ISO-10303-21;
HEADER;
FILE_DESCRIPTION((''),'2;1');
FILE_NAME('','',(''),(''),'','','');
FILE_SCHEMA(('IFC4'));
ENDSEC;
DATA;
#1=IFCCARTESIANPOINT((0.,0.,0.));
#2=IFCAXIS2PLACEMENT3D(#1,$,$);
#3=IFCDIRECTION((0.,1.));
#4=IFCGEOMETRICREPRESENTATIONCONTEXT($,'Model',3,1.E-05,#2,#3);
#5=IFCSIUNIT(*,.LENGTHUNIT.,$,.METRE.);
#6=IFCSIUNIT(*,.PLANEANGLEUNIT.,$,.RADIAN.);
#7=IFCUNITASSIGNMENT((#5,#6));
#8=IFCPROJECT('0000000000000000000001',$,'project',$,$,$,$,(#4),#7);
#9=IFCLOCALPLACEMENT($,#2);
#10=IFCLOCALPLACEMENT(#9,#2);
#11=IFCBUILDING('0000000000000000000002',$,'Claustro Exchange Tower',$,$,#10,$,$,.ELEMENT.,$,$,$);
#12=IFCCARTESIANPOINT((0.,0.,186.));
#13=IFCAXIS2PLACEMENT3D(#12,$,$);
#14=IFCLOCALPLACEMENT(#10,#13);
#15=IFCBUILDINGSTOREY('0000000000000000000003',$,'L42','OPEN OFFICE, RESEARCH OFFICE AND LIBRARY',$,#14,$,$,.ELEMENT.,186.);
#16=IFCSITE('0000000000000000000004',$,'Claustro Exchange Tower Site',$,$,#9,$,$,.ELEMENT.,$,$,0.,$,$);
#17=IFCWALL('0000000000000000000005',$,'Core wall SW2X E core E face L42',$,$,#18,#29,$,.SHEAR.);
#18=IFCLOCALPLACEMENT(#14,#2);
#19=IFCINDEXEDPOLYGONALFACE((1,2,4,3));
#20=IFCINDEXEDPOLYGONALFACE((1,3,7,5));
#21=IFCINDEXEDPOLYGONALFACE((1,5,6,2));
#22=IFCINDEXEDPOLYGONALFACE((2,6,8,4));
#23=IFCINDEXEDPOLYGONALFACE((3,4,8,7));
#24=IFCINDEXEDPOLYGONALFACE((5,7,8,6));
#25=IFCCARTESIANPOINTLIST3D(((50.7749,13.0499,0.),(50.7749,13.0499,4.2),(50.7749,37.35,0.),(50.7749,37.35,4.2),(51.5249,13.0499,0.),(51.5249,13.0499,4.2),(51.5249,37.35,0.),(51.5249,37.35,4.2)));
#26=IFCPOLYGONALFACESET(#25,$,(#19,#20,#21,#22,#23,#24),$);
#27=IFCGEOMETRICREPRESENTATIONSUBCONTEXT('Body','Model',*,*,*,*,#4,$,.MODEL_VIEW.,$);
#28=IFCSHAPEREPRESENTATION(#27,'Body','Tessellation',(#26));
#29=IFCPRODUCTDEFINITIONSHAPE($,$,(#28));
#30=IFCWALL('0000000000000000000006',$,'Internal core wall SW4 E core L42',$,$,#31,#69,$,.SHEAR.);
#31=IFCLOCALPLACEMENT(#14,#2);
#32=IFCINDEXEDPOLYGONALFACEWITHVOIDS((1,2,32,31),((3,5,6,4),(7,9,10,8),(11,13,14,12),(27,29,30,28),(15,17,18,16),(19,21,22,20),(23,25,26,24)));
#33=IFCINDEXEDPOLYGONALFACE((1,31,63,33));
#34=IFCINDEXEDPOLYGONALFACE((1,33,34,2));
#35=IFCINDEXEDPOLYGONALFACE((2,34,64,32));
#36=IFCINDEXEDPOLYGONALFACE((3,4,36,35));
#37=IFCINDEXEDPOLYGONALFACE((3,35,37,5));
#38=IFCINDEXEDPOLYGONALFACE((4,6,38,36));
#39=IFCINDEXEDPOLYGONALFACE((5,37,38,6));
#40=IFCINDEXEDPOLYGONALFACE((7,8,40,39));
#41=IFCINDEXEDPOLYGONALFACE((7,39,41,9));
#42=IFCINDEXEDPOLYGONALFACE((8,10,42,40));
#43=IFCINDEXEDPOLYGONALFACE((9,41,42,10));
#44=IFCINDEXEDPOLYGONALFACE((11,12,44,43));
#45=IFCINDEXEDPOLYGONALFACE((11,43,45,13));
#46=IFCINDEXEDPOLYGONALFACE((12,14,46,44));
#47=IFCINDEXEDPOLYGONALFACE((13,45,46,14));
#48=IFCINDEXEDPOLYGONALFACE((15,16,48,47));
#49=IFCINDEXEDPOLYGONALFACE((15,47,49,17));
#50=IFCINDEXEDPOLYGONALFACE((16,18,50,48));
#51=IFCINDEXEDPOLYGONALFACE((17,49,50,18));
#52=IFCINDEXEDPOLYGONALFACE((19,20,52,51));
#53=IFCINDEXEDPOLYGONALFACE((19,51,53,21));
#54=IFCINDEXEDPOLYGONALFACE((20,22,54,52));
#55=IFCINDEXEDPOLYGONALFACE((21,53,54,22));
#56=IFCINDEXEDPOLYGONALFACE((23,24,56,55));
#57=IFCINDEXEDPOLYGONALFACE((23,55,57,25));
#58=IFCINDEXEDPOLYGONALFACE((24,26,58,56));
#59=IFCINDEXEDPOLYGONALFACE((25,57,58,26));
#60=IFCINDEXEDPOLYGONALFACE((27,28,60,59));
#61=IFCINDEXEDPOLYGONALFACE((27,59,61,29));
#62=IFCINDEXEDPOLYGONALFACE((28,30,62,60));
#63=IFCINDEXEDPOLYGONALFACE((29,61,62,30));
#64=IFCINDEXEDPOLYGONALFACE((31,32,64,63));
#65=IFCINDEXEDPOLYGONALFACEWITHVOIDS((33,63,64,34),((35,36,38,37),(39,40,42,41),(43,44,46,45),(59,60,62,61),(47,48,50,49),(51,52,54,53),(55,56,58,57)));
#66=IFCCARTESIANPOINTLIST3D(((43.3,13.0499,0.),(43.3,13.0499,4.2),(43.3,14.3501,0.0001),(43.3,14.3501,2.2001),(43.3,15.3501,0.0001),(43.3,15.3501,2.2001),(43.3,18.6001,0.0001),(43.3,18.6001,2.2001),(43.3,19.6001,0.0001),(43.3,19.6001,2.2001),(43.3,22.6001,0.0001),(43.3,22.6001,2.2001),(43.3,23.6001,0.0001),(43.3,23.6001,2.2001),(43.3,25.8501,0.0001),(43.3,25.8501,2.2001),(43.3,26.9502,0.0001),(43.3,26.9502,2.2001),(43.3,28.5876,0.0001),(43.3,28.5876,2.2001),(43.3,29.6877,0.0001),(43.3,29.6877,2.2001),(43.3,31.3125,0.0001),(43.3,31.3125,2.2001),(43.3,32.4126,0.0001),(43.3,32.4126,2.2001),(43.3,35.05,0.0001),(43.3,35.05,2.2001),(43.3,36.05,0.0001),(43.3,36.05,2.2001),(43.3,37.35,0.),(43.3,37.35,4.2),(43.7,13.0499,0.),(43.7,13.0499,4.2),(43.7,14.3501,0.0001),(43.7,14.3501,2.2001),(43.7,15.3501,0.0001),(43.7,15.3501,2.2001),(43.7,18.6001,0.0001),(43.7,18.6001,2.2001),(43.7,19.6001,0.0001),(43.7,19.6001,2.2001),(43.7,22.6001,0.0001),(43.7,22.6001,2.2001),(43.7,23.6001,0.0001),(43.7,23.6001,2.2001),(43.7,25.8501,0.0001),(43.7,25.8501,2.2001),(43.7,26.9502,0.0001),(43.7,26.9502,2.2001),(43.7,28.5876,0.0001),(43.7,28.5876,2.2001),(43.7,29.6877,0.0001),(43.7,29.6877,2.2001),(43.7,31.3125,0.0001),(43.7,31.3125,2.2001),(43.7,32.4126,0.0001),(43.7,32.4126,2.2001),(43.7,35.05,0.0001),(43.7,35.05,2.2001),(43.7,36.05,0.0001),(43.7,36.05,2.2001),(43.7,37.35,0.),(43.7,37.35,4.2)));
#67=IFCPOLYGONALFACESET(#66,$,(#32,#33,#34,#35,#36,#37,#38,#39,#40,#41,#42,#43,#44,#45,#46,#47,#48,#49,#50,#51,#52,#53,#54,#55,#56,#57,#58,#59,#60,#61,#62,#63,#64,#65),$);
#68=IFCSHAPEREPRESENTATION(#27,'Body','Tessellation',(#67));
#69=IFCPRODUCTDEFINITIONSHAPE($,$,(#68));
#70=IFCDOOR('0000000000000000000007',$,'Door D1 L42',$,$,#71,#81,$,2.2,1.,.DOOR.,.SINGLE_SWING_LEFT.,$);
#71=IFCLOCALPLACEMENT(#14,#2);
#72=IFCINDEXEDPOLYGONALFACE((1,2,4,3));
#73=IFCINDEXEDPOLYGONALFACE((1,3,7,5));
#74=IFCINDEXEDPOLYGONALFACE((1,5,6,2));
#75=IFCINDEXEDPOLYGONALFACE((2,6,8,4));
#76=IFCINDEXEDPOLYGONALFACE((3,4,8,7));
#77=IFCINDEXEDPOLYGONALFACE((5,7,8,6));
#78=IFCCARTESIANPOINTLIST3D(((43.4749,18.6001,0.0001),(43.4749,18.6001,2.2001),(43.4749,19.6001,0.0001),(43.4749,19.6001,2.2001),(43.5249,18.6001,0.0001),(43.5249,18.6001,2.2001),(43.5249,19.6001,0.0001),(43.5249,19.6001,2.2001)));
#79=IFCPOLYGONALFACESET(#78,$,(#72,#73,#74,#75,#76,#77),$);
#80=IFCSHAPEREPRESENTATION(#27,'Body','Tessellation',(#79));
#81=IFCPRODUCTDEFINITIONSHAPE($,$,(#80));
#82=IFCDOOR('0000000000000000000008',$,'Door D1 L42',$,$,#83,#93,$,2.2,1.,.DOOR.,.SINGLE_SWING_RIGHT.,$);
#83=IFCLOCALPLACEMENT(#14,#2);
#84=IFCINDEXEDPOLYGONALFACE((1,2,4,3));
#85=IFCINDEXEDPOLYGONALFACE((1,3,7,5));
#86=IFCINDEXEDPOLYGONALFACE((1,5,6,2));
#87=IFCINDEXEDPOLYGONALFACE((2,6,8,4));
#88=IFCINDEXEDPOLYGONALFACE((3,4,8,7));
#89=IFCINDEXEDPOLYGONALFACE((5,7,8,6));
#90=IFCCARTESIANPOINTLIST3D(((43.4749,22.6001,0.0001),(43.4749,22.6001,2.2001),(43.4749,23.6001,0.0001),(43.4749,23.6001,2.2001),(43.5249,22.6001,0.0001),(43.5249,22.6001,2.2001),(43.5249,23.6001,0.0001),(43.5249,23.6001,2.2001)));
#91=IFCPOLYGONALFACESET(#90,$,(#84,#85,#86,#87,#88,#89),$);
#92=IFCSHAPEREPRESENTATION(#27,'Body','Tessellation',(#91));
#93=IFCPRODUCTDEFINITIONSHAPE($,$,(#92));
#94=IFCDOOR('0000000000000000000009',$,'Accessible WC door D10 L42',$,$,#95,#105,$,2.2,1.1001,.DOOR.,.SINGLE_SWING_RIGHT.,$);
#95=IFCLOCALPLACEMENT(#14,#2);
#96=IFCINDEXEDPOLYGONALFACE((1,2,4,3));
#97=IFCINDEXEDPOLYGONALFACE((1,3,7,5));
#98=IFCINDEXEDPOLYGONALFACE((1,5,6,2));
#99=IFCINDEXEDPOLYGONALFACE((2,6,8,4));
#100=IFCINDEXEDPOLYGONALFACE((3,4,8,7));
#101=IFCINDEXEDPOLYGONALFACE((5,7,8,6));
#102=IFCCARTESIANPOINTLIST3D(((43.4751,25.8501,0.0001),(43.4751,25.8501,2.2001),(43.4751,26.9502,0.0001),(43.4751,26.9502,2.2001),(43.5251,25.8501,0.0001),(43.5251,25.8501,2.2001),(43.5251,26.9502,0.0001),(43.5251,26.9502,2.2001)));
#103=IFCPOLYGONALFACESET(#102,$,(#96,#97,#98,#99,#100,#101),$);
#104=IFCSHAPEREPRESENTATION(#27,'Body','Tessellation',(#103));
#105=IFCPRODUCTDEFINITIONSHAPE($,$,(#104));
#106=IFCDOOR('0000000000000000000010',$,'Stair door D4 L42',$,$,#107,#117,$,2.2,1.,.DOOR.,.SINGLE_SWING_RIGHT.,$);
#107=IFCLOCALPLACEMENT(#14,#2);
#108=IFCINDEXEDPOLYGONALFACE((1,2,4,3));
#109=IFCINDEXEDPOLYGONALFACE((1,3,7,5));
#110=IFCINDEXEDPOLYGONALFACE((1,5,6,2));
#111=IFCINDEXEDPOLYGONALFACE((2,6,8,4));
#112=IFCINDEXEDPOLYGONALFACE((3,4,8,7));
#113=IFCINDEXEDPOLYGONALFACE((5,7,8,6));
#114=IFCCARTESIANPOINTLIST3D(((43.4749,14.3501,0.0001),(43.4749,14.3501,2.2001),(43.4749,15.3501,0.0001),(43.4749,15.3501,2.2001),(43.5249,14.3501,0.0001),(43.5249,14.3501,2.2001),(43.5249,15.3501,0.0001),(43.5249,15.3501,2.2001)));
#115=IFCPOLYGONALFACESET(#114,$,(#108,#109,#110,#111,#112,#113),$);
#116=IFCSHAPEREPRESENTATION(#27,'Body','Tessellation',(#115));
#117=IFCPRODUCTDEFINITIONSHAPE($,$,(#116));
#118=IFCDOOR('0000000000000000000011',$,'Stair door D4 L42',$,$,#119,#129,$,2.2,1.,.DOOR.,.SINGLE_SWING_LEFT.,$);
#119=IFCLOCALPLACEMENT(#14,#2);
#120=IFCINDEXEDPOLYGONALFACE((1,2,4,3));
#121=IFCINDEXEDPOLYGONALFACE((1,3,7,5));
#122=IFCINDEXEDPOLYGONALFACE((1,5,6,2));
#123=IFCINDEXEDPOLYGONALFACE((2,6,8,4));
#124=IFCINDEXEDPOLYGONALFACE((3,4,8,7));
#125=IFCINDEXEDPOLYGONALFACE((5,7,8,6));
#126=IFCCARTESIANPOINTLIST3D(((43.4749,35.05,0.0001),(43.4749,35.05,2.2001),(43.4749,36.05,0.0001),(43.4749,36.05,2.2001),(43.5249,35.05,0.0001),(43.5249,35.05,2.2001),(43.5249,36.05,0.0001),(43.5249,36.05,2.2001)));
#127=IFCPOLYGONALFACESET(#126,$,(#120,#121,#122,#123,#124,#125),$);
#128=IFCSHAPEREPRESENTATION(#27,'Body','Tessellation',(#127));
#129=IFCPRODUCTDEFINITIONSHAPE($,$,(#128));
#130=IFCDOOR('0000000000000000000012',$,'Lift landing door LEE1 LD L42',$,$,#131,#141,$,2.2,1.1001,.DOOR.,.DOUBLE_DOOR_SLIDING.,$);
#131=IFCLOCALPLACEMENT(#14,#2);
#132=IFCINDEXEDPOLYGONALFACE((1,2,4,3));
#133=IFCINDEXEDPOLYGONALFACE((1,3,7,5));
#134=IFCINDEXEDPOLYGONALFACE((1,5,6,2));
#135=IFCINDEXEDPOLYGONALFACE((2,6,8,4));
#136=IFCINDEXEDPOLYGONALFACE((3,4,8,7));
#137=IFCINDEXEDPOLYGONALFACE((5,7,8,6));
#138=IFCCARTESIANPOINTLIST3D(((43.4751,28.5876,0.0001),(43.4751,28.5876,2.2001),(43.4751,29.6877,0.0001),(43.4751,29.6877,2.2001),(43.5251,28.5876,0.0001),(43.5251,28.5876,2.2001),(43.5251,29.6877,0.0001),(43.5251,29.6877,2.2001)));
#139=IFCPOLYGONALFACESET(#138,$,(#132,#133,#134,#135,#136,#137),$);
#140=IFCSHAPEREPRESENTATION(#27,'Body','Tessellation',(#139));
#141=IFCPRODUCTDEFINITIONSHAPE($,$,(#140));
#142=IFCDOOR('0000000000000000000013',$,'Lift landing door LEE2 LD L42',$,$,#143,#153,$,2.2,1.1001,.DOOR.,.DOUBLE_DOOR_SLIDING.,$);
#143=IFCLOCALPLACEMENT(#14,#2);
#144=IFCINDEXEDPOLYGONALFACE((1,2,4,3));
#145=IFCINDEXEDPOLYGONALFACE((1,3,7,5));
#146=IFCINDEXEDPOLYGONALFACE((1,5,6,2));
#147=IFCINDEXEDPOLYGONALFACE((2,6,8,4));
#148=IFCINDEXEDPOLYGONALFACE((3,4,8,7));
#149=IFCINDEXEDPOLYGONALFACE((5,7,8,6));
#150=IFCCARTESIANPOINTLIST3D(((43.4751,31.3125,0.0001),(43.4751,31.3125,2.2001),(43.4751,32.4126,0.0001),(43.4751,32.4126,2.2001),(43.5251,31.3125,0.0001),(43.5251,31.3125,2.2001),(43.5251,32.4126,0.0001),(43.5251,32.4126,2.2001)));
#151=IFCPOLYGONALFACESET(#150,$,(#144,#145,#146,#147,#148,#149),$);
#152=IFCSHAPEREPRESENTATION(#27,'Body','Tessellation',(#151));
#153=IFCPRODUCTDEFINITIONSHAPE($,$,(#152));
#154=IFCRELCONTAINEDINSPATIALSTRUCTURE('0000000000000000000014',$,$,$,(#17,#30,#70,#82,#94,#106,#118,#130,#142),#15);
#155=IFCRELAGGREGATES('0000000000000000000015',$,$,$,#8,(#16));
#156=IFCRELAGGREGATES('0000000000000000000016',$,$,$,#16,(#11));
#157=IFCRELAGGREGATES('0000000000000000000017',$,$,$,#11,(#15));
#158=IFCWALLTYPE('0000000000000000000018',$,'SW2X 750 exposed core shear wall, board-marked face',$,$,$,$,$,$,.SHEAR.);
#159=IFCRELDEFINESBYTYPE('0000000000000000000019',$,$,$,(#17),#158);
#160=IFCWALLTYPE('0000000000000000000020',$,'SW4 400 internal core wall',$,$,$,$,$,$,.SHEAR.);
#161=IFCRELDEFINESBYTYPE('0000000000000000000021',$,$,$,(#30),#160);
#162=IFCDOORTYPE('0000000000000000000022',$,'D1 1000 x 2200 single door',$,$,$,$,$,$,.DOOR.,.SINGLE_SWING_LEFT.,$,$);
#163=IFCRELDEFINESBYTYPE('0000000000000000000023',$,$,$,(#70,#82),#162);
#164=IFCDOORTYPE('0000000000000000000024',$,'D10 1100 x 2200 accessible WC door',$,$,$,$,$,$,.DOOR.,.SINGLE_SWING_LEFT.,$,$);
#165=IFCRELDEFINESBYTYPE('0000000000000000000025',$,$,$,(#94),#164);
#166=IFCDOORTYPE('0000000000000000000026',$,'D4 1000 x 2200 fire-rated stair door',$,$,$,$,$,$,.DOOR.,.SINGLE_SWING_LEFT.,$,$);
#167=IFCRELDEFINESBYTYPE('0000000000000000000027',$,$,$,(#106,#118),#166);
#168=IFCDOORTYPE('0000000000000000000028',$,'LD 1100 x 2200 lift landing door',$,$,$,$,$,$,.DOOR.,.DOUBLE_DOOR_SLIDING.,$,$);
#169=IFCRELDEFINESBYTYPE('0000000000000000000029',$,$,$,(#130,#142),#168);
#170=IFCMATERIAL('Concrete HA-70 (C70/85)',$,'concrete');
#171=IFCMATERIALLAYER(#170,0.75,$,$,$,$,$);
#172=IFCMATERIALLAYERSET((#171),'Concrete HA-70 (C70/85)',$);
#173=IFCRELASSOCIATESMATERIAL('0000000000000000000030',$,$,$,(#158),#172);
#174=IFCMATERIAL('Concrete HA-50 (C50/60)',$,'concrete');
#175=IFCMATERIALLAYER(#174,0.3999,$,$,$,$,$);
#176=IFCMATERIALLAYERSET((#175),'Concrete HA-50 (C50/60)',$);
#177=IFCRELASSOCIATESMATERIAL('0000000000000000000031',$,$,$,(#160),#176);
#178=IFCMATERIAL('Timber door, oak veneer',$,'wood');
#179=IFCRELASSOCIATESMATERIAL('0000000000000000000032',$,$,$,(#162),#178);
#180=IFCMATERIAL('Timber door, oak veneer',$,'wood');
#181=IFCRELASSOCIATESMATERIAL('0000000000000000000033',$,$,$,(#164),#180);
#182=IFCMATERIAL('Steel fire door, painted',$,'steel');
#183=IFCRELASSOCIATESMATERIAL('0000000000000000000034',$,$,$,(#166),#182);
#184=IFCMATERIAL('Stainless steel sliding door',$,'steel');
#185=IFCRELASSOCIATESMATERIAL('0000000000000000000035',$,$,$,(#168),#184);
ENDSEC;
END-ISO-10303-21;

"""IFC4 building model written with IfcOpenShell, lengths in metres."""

from ifc_helpers import new_model, si_unit, direction, frame, frame_2d, origin, place, context, subcontext, project, spatial, rectangle, extrude, material, layer, layer_set, type_object, element, fill, save


model = new_model("IFC4")

# Units and contexts
model_context = context("Model", 3, precision=1e-05, world=origin(), true_north=direction((0.0, 1.0)))
body_context = subcontext(model_context, "Body", "Model", "MODEL_VIEW")
ifc_project = project(units=[si_unit("LENGTHUNIT", "METRE"), si_unit("PLANEANGLEUNIT", "RADIAN")], contexts=[model_context])

# Site, building, storey
site_placement = place(None, origin())
site = spatial("IfcSite", under=ifc_project, at=site_placement, Name="Claustro Exchange Tower Site", CompositionType="ELEMENT", RefElevation=0.0)
building_placement = place(site_placement, origin())
building = spatial("IfcBuilding", under=site, at=building_placement, Name="Claustro Exchange Tower", CompositionType="ELEMENT")
storey_placement = place(building_placement, frame((0.0, 0.0, 186.0)))
storey = spatial("IfcBuildingStorey", under=building, at=storey_placement, Name="L42", Description="OPEN OFFICE, RESEARCH OFFICE AND LIBRARY", CompositionType="ELEMENT", Elevation=186.0)

# Wall
ifc_material_1 = material(Name="Concrete HA-70 (C70/85)", Category="concrete")
ifc_layer_1 = layer(ifc_material_1, 0.75)
ifc_layer_set_1 = layer_set([ifc_layer_1], Name="Concrete HA-70 (C70/85)")
wall_type_1 = type_object("IfcWallType", Name="SW2X 750 exposed core shear wall, board-marked face", PredefinedType="SHEAR", material=ifc_layer_set_1)
wall_1_placement = place(storey_placement, frame((51.1499, 13.05, 0.0), z_axis=(0.0, 0.0, 1.0), x_axis=(0.0, 1.0, 0.0)))
element("IfcWall", 1, at=wall_1_placement, inside=storey, type_object=wall_type_1, Name="Core wall SW2X E core E face L42", PredefinedType="SHEAR", context=body_context, shape_type="SweptSolid", body=[
    extrude(rectangle(XDim=24.3, YDim=0.75, at=frame_2d((12.1499, 0.0))), origin(), (0.0, 0.0, 1.0), 4.2),
])

# Wall, openings, doors
ifc_material_2 = material(Name="Concrete HA-50 (C50/60)", Category="concrete")
ifc_layer_2 = layer(ifc_material_2, 0.3999)
ifc_layer_set_2 = layer_set([ifc_layer_2], Name="Concrete HA-50 (C50/60)")
wall_type_2 = type_object("IfcWallType", Name="SW4 400 internal core wall", PredefinedType="SHEAR", material=ifc_layer_set_2)
wall_2_placement = place(storey_placement, frame((43.5, 13.05, 0.0), z_axis=(0.0, 0.0, 1.0), x_axis=(0.0, 1.0, 0.0)))
wall_2 = element("IfcWall", 2, at=wall_2_placement, inside=storey, type_object=wall_type_2, Name="Internal core wall SW4 E core L42", PredefinedType="SHEAR", context=body_context, shape_type="SweptSolid", body=[
    extrude(rectangle(XDim=24.3, YDim=0.3999, at=frame_2d((12.1499, 0.0))), origin(), (0.0, 0.0, 1.0), 4.2),
])
opening_1_placement = place(wall_2_placement, frame((1.3, 0.0, 0.0)))
opening_1 = element("IfcOpeningElement", 3, at=opening_1_placement, cuts=wall_2, PredefinedType="OPENING", context=body_context, shape_type="SweptSolid", body=[
    extrude(rectangle(XDim=1.0, YDim=2.2, at=frame_2d((0.5, 1.1001))), frame((0.0, 0.21, 0.0), z_axis=(0.0, -1.0, 0.0), x_axis=(1.0, 0.0, 0.0)), (0.0, 0.0, 1.0), 0.4199),
])
opening_2_placement = place(wall_2_placement, frame((22.0, 0.0, 0.0)))
opening_2 = element("IfcOpeningElement", 4, at=opening_2_placement, cuts=wall_2, PredefinedType="OPENING", context=body_context, shape_type="SweptSolid", body=[
    extrude(rectangle(XDim=1.0, YDim=2.2, at=frame_2d((0.5, 1.1001))), frame((0.0, 0.21, 0.0), z_axis=(0.0, -1.0, 0.0), x_axis=(1.0, 0.0, 0.0)), (0.0, 0.0, 1.0), 0.4199),
])
opening_3_placement = place(wall_2_placement, frame((5.55, 0.0, 0.0)))
opening_3 = element("IfcOpeningElement", 5, at=opening_3_placement, cuts=wall_2, PredefinedType="OPENING", context=body_context, shape_type="SweptSolid", body=[
    extrude(rectangle(XDim=1.0, YDim=2.2, at=frame_2d((0.5, 1.1001))), frame((0.0, 0.21, 0.0), z_axis=(0.0, -1.0, 0.0), x_axis=(1.0, 0.0, 0.0)), (0.0, 0.0, 1.0), 0.4199),
])
opening_4_placement = place(wall_2_placement, frame((9.55, 0.0, 0.0)))
opening_4 = element("IfcOpeningElement", 6, at=opening_4_placement, cuts=wall_2, PredefinedType="OPENING", context=body_context, shape_type="SweptSolid", body=[
    extrude(rectangle(XDim=1.0, YDim=2.2, at=frame_2d((0.5, 1.1001))), frame((0.0, 0.21, 0.0), z_axis=(0.0, -1.0, 0.0), x_axis=(1.0, 0.0, 0.0)), (0.0, 0.0, 1.0), 0.4199),
])
opening_5_placement = place(wall_2_placement, frame((12.8, 0.0, 0.0)))
opening_5 = element("IfcOpeningElement", 7, at=opening_5_placement, cuts=wall_2, PredefinedType="OPENING", context=body_context, shape_type="SweptSolid", body=[
    extrude(rectangle(XDim=1.1001, YDim=2.2, at=frame_2d((0.55, 1.1001))), frame((0.0, 0.21, 0.0), z_axis=(0.0, -1.0, 0.0), x_axis=(1.0, 0.0, 0.0)), (0.0, 0.0, 1.0), 0.4199),
])
opening_6_placement = place(wall_2_placement, frame((15.5376, 0.0, 0.0)))
opening_6 = element("IfcOpeningElement", 8, at=opening_6_placement, cuts=wall_2, PredefinedType="OPENING", context=body_context, shape_type="SweptSolid", body=[
    extrude(rectangle(XDim=1.1001, YDim=2.2, at=frame_2d((0.55, 1.1001))), frame((0.0, 0.21, 0.0), z_axis=(0.0, -1.0, 0.0), x_axis=(1.0, 0.0, 0.0)), (0.0, 0.0, 1.0), 0.4199),
])
opening_7_placement = place(wall_2_placement, frame((18.2625, 0.0, 0.0)))
opening_7 = element("IfcOpeningElement", 9, at=opening_7_placement, cuts=wall_2, PredefinedType="OPENING", context=body_context, shape_type="SweptSolid", body=[
    extrude(rectangle(XDim=1.1001, YDim=2.2, at=frame_2d((0.55, 1.1001))), frame((0.0, 0.21, 0.0), z_axis=(0.0, -1.0, 0.0), x_axis=(1.0, 0.0, 0.0)), (0.0, 0.0, 1.0), 0.4199),
])
ifc_material_3 = material(Name="Timber door, oak veneer", Category="wood")
door_type_1 = type_object("IfcDoorType", Name="D1 1000 x 2200 single door", OperationType="SINGLE_SWING_LEFT", PredefinedType="DOOR", material=ifc_material_3)
door_1_placement = place(opening_3_placement, frame((1.0, 0.0, 0.0), z_axis=(0.0, 0.0, 1.0), x_axis=(-1.0, 0.0, 0.0)))
door_1 = element("IfcDoor", 10, at=door_1_placement, inside=storey, type_object=door_type_1, Name="Door D1 L42", OperationType="SINGLE_SWING_LEFT", OverallHeight=2.2, OverallWidth=1.0, PredefinedType="DOOR", context=body_context, shape_type="SweptSolid", body=[
    extrude(rectangle(XDim=1.0, YDim=2.2, at=frame_2d((0.5, 1.1001))), frame((0.0, 0.0249, 0.0), z_axis=(0.0, -1.0, 0.0), x_axis=(1.0, 0.0, 0.0)), (0.0, 0.0, 1.0), 0.05),
])
fill(opening_3, door_1)
door_2_placement = place(opening_4_placement, frame((1.0, 0.0, 0.0), z_axis=(0.0, 0.0, 1.0), x_axis=(-1.0, 0.0, 0.0)))
door_2 = element("IfcDoor", 11, at=door_2_placement, inside=storey, type_object=door_type_1, Name="Door D1 L42", OperationType="SINGLE_SWING_RIGHT", OverallHeight=2.2, OverallWidth=1.0, PredefinedType="DOOR", context=body_context, shape_type="SweptSolid", body=[
    extrude(rectangle(XDim=1.0, YDim=2.2, at=frame_2d((0.5, 1.1001))), frame((0.0, 0.0249, 0.0), z_axis=(0.0, -1.0, 0.0), x_axis=(1.0, 0.0, 0.0)), (0.0, 0.0, 1.0), 0.05),
])
fill(opening_4, door_2)
ifc_material_4 = material(Name="Timber door, oak veneer", Category="wood")
door_type_2 = type_object("IfcDoorType", Name="D10 1100 x 2200 accessible WC door", OperationType="SINGLE_SWING_LEFT", PredefinedType="DOOR", material=ifc_material_4)
door_3_placement = place(opening_5_placement, origin())
door_3 = element("IfcDoor", 12, at=door_3_placement, inside=storey, type_object=door_type_2, Name="Accessible WC door D10 L42", OperationType="SINGLE_SWING_RIGHT", OverallHeight=2.2, OverallWidth=1.1001, PredefinedType="DOOR", context=body_context, shape_type="SweptSolid", body=[
    extrude(rectangle(XDim=1.1001, YDim=2.2, at=frame_2d((0.55, 1.1001))), frame((0.0, 0.0249, 0.0), z_axis=(0.0, -1.0, 0.0), x_axis=(1.0, 0.0, 0.0)), (0.0, 0.0, 1.0), 0.05),
])
fill(opening_5, door_3)
ifc_material_5 = material(Name="Steel fire door, painted", Category="steel")
door_type_3 = type_object("IfcDoorType", Name="D4 1000 x 2200 fire-rated stair door", OperationType="SINGLE_SWING_LEFT", PredefinedType="DOOR", material=ifc_material_5)
door_4_placement = place(opening_1_placement, frame((1.0, 0.0, 0.0), z_axis=(0.0, 0.0, 1.0), x_axis=(-1.0, 0.0, 0.0)))
door_4 = element("IfcDoor", 13, at=door_4_placement, inside=storey, type_object=door_type_3, Name="Stair door D4 L42", OperationType="SINGLE_SWING_RIGHT", OverallHeight=2.2, OverallWidth=1.0, PredefinedType="DOOR", context=body_context, shape_type="SweptSolid", body=[
    extrude(rectangle(XDim=1.0, YDim=2.2, at=frame_2d((0.5, 1.1001))), frame((0.0, 0.0249, 0.0), z_axis=(0.0, -1.0, 0.0), x_axis=(1.0, 0.0, 0.0)), (0.0, 0.0, 1.0), 0.05),
])
fill(opening_1, door_4)
door_5_placement = place(opening_2_placement, frame((1.0, 0.0, 0.0), z_axis=(0.0, 0.0, 1.0), x_axis=(-1.0, 0.0, 0.0)))
door_5 = element("IfcDoor", 14, at=door_5_placement, inside=storey, type_object=door_type_3, Name="Stair door D4 L42", OperationType="SINGLE_SWING_LEFT", OverallHeight=2.2, OverallWidth=1.0, PredefinedType="DOOR", context=body_context, shape_type="SweptSolid", body=[
    extrude(rectangle(XDim=1.0, YDim=2.2, at=frame_2d((0.5, 1.1001))), frame((0.0, 0.0249, 0.0), z_axis=(0.0, -1.0, 0.0), x_axis=(1.0, 0.0, 0.0)), (0.0, 0.0, 1.0), 0.05),
])
fill(opening_2, door_5)
ifc_material_6 = material(Name="Stainless steel sliding door", Category="steel")
door_type_4 = type_object("IfcDoorType", Name="LD 1100 x 2200 lift landing door", OperationType="DOUBLE_DOOR_SLIDING", PredefinedType="DOOR", material=ifc_material_6)
door_6_placement = place(opening_6_placement, origin())
door_6 = element("IfcDoor", 15, at=door_6_placement, inside=storey, type_object=door_type_4, Name="Lift landing door LEE1 LD L42", OperationType="DOUBLE_DOOR_SLIDING", OverallHeight=2.2, OverallWidth=1.1001, PredefinedType="DOOR", context=body_context, shape_type="SweptSolid", body=[
    extrude(rectangle(XDim=1.1001, YDim=2.2, at=frame_2d((0.55, 1.1001))), frame((0.0, 0.0249, 0.0), z_axis=(0.0, -1.0, 0.0), x_axis=(1.0, 0.0, 0.0)), (0.0, 0.0, 1.0), 0.05),
])
fill(opening_6, door_6)
door_7_placement = place(opening_7_placement, origin())
door_7 = element("IfcDoor", 16, at=door_7_placement, inside=storey, type_object=door_type_4, Name="Lift landing door LEE2 LD L42", OperationType="DOUBLE_DOOR_SLIDING", OverallHeight=2.2, OverallWidth=1.1001, PredefinedType="DOOR", context=body_context, shape_type="SweptSolid", body=[
    extrude(rectangle(XDim=1.1001, YDim=2.2, at=frame_2d((0.55, 1.1001))), frame((0.0, 0.0249, 0.0), z_axis=(0.0, -1.0, 0.0), x_axis=(1.0, 0.0, 0.0)), (0.0, 0.0, 1.0), 0.05),
])
fill(opening_7, door_7)

save(model, "model.ifc")
